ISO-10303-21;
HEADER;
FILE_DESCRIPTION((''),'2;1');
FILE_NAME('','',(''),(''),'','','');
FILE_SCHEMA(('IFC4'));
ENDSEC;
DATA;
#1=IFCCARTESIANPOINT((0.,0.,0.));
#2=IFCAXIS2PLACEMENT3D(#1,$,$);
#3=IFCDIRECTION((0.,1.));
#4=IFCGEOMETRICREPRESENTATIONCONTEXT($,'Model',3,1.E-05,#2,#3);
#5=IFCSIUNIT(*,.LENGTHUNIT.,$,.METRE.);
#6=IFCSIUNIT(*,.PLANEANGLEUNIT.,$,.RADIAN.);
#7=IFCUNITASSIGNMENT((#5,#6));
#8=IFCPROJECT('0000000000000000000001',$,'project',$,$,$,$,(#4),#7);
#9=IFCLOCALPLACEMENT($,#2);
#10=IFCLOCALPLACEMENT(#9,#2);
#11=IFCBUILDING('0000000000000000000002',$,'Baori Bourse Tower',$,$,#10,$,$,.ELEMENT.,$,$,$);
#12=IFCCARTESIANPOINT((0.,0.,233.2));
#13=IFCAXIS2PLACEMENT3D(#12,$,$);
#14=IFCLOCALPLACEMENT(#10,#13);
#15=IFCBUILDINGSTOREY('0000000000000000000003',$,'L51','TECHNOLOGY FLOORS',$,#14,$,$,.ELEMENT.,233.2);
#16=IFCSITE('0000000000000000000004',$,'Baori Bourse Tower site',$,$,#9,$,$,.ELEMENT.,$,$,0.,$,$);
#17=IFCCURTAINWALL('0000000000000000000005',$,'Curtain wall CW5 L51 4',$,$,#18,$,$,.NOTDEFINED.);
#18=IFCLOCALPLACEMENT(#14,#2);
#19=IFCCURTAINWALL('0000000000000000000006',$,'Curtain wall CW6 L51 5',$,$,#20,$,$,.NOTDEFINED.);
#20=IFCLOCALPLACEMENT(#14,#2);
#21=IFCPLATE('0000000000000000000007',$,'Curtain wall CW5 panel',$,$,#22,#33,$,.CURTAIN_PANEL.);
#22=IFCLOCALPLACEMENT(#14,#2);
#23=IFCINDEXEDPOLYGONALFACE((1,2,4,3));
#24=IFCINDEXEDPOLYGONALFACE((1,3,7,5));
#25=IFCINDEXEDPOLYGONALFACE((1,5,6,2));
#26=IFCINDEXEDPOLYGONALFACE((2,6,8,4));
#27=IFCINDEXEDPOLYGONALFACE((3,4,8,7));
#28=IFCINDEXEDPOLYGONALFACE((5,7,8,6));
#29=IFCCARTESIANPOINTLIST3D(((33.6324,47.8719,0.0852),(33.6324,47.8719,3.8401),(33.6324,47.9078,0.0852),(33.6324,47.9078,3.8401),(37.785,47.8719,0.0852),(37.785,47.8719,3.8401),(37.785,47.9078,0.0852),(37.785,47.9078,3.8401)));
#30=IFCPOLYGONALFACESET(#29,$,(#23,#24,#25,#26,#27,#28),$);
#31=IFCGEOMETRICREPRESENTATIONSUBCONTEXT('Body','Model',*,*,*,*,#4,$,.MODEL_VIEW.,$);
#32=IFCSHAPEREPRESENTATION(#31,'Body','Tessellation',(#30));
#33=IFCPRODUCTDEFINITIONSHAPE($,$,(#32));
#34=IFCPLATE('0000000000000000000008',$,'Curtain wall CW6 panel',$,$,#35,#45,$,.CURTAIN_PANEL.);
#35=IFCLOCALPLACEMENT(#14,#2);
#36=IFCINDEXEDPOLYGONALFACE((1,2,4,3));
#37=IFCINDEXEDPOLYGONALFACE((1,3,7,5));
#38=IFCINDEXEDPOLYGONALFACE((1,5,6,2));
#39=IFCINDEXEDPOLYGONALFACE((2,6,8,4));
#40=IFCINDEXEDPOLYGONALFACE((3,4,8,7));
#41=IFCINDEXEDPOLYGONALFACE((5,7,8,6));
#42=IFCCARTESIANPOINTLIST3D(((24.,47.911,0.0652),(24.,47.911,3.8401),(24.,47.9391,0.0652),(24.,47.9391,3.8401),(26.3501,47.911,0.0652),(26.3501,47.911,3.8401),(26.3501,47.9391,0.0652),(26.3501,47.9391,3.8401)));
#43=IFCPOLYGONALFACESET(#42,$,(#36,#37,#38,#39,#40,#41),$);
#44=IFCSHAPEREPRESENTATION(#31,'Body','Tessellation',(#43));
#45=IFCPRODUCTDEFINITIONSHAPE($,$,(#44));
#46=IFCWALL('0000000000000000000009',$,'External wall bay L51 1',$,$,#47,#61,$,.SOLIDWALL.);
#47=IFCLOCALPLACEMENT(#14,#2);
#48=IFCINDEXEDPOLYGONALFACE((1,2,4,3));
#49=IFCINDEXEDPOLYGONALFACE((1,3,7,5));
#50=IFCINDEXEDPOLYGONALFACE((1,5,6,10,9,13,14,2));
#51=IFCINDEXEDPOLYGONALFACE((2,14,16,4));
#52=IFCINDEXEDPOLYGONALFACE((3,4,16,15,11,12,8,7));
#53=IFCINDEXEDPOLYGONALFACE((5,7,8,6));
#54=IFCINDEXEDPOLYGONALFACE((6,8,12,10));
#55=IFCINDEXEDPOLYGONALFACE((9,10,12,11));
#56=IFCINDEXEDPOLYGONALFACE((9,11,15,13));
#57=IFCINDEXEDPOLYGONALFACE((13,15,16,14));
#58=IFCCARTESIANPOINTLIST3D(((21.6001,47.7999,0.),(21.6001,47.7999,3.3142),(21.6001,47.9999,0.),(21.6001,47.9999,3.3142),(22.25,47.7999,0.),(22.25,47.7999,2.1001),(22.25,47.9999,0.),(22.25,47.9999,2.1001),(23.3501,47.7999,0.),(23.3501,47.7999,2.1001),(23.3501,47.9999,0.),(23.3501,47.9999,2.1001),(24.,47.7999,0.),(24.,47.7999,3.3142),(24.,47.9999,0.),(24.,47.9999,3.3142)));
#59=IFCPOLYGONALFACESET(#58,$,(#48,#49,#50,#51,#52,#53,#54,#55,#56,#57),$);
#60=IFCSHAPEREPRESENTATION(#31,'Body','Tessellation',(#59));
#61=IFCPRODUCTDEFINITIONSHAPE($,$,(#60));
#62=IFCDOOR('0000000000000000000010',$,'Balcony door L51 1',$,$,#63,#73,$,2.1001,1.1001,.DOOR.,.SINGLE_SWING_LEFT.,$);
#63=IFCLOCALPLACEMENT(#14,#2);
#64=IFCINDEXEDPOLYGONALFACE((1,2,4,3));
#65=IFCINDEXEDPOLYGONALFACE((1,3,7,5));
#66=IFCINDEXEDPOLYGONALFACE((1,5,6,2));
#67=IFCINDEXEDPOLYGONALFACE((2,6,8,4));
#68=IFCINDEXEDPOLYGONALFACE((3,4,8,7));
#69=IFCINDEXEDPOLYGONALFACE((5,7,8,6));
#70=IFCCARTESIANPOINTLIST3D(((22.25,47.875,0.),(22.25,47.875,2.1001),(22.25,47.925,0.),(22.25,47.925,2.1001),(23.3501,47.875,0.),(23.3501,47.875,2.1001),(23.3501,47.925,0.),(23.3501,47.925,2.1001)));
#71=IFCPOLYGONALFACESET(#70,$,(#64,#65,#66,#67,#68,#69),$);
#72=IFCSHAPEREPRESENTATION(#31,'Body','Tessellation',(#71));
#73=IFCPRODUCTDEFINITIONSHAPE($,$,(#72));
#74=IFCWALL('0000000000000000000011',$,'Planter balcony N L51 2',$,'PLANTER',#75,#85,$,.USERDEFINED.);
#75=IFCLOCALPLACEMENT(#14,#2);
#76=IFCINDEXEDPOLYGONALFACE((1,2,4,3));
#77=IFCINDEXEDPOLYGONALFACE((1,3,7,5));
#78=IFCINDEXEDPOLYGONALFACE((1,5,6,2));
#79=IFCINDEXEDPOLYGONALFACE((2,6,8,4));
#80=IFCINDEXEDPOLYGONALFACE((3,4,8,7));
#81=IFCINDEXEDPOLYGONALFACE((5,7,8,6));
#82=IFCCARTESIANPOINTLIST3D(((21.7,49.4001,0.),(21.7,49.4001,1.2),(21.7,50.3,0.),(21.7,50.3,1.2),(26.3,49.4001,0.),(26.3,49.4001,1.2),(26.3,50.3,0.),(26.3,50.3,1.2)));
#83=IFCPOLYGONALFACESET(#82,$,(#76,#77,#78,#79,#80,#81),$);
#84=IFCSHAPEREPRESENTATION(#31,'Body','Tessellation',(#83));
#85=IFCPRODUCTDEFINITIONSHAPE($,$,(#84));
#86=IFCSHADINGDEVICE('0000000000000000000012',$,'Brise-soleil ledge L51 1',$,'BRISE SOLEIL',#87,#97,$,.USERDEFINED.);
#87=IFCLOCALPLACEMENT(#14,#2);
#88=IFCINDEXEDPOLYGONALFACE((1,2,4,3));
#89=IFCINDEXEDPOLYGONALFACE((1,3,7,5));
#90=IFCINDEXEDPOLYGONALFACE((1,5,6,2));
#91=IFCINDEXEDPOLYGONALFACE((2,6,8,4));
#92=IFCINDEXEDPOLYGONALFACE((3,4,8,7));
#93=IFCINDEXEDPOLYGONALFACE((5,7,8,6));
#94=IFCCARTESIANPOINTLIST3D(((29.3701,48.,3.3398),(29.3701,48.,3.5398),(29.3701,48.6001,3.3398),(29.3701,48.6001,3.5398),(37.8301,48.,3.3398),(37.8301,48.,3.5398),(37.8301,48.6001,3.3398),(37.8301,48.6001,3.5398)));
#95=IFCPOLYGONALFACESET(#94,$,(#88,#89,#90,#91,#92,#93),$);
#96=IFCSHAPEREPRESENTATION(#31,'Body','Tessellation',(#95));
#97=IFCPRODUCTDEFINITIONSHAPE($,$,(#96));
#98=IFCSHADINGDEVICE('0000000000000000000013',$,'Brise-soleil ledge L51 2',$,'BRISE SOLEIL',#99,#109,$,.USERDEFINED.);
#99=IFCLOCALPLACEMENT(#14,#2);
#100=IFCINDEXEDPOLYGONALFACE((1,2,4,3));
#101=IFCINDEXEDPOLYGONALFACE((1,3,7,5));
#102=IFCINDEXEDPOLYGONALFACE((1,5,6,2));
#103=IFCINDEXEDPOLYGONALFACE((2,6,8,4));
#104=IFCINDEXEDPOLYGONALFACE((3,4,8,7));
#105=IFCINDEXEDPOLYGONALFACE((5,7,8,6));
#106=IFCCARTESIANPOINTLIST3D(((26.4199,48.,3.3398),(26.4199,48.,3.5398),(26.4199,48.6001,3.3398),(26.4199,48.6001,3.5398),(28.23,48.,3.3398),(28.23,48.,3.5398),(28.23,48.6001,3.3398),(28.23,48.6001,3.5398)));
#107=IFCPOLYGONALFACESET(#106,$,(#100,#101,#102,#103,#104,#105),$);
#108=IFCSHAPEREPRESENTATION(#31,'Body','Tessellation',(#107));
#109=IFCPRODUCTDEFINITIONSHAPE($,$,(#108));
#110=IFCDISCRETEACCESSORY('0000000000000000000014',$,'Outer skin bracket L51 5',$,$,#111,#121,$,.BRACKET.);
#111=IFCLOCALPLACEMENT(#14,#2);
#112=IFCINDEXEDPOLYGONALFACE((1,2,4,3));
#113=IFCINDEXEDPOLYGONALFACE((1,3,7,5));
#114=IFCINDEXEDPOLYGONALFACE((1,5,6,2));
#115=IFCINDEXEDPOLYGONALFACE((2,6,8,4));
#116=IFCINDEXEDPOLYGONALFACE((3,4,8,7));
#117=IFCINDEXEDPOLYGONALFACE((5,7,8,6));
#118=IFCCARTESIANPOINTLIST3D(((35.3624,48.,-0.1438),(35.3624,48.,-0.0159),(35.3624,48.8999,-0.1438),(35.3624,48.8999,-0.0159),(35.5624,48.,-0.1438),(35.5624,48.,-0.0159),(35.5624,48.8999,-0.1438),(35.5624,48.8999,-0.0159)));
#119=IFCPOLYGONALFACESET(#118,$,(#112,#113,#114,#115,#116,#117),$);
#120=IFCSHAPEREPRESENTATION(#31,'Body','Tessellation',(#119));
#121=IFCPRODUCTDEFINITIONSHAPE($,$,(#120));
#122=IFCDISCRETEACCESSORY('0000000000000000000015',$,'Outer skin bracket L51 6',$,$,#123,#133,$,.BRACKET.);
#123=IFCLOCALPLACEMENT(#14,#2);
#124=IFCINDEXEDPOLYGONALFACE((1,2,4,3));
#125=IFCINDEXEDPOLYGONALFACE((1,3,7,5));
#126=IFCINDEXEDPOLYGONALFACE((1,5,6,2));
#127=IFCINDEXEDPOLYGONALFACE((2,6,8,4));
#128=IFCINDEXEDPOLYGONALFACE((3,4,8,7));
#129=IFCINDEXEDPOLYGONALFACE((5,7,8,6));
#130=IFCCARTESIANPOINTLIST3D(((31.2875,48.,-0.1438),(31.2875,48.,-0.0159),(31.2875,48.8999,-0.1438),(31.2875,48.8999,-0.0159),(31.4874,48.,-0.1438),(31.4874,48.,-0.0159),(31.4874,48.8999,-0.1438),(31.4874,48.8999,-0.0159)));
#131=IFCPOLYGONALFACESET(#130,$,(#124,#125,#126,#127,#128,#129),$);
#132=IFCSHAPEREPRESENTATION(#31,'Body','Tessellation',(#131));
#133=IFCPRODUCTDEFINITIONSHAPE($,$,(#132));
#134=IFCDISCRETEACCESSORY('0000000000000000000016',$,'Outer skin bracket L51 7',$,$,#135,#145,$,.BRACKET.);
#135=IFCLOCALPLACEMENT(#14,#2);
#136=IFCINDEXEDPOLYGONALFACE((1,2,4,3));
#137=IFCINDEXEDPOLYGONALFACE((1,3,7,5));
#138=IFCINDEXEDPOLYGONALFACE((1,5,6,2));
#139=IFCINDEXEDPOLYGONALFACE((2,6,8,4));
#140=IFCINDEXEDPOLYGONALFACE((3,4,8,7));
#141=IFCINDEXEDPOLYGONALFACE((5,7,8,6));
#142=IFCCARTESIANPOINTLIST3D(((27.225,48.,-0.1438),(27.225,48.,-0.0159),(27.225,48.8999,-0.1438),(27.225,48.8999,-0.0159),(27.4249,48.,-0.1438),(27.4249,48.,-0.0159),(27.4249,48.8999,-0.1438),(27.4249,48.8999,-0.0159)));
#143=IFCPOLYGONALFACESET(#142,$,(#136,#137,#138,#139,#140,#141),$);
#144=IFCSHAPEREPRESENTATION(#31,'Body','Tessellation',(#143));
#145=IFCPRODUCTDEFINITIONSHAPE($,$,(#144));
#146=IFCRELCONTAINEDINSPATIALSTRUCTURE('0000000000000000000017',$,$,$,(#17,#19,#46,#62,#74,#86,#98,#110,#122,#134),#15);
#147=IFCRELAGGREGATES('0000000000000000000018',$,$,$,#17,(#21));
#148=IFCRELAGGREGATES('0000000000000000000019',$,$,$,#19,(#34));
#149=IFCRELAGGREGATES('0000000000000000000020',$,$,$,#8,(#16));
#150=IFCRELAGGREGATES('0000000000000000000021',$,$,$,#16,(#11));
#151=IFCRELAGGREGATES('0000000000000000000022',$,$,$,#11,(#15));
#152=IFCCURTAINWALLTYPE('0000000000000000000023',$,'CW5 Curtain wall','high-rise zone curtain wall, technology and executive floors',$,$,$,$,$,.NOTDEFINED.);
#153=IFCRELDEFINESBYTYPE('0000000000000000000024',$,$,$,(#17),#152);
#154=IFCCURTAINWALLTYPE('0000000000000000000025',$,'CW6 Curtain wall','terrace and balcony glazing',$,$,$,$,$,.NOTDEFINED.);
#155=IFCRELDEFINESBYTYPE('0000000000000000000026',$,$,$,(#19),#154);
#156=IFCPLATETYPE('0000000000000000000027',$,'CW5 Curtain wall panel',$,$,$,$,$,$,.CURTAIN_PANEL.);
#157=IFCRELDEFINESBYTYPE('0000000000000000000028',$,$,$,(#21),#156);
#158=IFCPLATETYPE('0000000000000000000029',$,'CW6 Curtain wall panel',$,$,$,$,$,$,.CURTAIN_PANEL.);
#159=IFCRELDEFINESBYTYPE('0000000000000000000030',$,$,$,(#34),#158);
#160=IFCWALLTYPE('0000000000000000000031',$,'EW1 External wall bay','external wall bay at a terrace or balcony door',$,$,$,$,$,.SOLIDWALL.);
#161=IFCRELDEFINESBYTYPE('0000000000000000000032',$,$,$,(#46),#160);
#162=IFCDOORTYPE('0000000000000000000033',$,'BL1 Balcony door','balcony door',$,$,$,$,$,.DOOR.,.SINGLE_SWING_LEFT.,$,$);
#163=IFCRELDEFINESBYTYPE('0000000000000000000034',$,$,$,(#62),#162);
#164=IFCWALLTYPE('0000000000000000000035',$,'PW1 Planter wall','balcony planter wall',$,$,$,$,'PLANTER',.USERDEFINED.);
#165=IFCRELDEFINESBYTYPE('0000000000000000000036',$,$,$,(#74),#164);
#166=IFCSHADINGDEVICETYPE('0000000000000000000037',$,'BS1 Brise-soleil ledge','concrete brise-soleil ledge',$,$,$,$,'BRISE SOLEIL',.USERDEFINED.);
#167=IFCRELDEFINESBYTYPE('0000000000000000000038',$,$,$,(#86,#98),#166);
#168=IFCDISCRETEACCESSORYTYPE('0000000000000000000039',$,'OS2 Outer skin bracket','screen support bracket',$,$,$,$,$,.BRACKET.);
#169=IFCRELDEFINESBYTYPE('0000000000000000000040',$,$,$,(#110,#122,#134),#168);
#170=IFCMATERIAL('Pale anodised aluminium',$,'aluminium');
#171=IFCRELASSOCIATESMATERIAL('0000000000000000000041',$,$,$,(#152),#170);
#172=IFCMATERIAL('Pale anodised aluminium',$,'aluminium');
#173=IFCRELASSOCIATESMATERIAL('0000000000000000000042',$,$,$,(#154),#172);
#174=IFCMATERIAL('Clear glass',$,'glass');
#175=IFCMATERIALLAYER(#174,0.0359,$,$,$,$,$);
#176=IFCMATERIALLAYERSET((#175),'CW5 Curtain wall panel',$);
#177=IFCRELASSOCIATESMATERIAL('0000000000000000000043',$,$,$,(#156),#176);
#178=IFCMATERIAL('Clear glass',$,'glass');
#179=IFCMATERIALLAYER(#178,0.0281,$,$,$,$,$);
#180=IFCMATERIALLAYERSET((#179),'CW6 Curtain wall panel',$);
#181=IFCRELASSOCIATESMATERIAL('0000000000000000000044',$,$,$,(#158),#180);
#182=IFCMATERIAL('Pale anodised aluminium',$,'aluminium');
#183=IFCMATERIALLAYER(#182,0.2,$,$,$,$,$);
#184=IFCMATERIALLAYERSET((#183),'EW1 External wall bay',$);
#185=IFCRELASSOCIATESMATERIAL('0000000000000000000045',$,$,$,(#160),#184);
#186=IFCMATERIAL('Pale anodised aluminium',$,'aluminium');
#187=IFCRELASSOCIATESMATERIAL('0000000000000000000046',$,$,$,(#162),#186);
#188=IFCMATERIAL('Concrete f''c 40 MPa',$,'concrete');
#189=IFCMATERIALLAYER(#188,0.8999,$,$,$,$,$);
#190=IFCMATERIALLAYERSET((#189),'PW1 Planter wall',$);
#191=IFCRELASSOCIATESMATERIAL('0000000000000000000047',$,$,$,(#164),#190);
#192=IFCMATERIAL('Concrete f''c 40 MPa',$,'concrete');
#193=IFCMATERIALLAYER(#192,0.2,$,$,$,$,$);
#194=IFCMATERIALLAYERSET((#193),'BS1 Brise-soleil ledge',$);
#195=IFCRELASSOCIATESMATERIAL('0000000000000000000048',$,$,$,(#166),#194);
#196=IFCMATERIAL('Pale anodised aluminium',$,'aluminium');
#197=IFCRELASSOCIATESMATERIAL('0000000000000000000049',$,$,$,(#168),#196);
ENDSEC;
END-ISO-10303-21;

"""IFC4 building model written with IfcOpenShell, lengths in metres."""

from ifc_helpers import new_model, si_unit, direction, frame, frame_2d, origin, origin_2d, place, context, subcontext, project, spatial, rectangle, extrude, material, layer, layer_set, type_object, element, fill, aggregate, save


model = new_model("IFC4")

# Units and contexts
model_context = context("Model", 3, precision=1e-05, world=origin(), true_north=direction((0.0, 1.0)))
body_context = subcontext(model_context, "Body", "Model", "MODEL_VIEW")
ifc_project = project(units=[si_unit("LENGTHUNIT", "METRE"), si_unit("PLANEANGLEUNIT", "RADIAN")], contexts=[model_context])

# Site, building, storey
site_placement = place(None, origin())
site = spatial("IfcSite", under=ifc_project, at=site_placement, Name="Baori Bourse Tower site", CompositionType="ELEMENT", RefElevation=0.0)
building_placement = place(site_placement, origin())
building = spatial("IfcBuilding", under=site, at=building_placement, Name="Baori Bourse Tower", CompositionType="ELEMENT")
storey_placement = place(building_placement, frame((0.0, 0.0, 233.2)))
storey = spatial("IfcBuildingStorey", under=building, at=storey_placement, Name="L51", Description="TECHNOLOGY FLOORS", CompositionType="ELEMENT", Elevation=233.2)

# Curtain walls
ifc_material_1 = material(Name="Pale anodised aluminium", Category="aluminium")
curtain_wall_type_1 = type_object("IfcCurtainWallType", Name="CW5 Curtain wall", Description="high-rise zone curtain wall, technology and executive floors", PredefinedType="NOTDEFINED", material=ifc_material_1)
curtain_wall_1_placement = place(storey_placement, origin())
curtain_wall_1 = element("IfcCurtainWall", 1, at=curtain_wall_1_placement, inside=storey, type_object=curtain_wall_type_1, Name="Curtain wall CW5 L51 4", PredefinedType="NOTDEFINED")
ifc_material_2 = material(Name="Pale anodised aluminium", Category="aluminium")
curtain_wall_type_2 = type_object("IfcCurtainWallType", Name="CW6 Curtain wall", Description="terrace and balcony glazing", PredefinedType="NOTDEFINED", material=ifc_material_2)
curtain_wall_2_placement = place(storey_placement, origin())
curtain_wall_2 = element("IfcCurtainWall", 2, at=curtain_wall_2_placement, inside=storey, type_object=curtain_wall_type_2, Name="Curtain wall CW6 L51 5", PredefinedType="NOTDEFINED")

# Plates
ifc_material_3 = material(Name="Clear glass", Category="glass")
ifc_layer_1 = layer(ifc_material_3, 0.0359)
ifc_layer_set_1 = layer_set([ifc_layer_1], Name="CW5 Curtain wall panel")
plate_type_1 = type_object("IfcPlateType", Name="CW5 Curtain wall panel", PredefinedType="CURTAIN_PANEL", material=ifc_layer_set_1)
plate_1_placement = place(storey_placement, frame((35.7087, 47.8899, 0.0852), z_axis=(0.0, 0.0, 1.0), x_axis=(-1.0, 0.0, 0.0)))
plate_1 = element("IfcPlate", 3, at=plate_1_placement, type_object=plate_type_1, Name="Curtain wall CW5 panel", PredefinedType="CURTAIN_PANEL", context=body_context, shape_type="SweptSolid", body=[
    extrude(rectangle(XDim=4.1526, YDim=0.0359, at=origin_2d()), origin(), (0.0, 0.0, 1.0), 3.7549),
])
aggregate(curtain_wall_1, [plate_1])
ifc_material_4 = material(Name="Clear glass", Category="glass")
ifc_layer_2 = layer(ifc_material_4, 0.0281)
ifc_layer_set_2 = layer_set([ifc_layer_2], Name="CW6 Curtain wall panel")
plate_type_2 = type_object("IfcPlateType", Name="CW6 Curtain wall panel", PredefinedType="CURTAIN_PANEL", material=ifc_layer_set_2)
plate_2_placement = place(storey_placement, frame((25.175, 47.925, 0.0652), z_axis=(0.0, 0.0, 1.0), x_axis=(-1.0, 0.0, 0.0)))
plate_2 = element("IfcPlate", 4, at=plate_2_placement, type_object=plate_type_2, Name="Curtain wall CW6 panel", PredefinedType="CURTAIN_PANEL", context=body_context, shape_type="SweptSolid", body=[
    extrude(rectangle(XDim=2.3501, YDim=0.0281, at=origin_2d()), origin(), (0.0, 0.0, 1.0), 3.7749),
])
aggregate(curtain_wall_2, [plate_2])

# Wall, opening, door
ifc_material_5 = material(Name="Pale anodised aluminium", Category="aluminium")
ifc_layer_3 = layer(ifc_material_5, 0.2)
ifc_layer_set_3 = layer_set([ifc_layer_3], Name="EW1 External wall bay")
wall_type_1 = type_object("IfcWallType", Name="EW1 External wall bay", Description="external wall bay at a terrace or balcony door", PredefinedType="SOLIDWALL", material=ifc_layer_set_3)
wall_1_placement = place(storey_placement, frame((24.0, 47.8999, 0.0), z_axis=(0.0, 0.0, 1.0), x_axis=(-1.0, 0.0, 0.0)))
wall_1 = element("IfcWall", 5, at=wall_1_placement, inside=storey, type_object=wall_type_1, Name="External wall bay L51 1", PredefinedType="SOLIDWALL", context=body_context, shape_type="SweptSolid", body=[
    extrude(rectangle(XDim=2.3999, YDim=0.2, at=frame_2d((1.2, 0.0))), origin(), (0.0, 0.0, 1.0), 3.3142),
])
opening_placement = place(wall_1_placement, frame((0.6499, 0.0, 0.0)))
opening = element("IfcOpeningElement", 6, at=opening_placement, cuts=wall_1, PredefinedType="OPENING", context=body_context, shape_type="SweptSolid", body=[
    extrude(rectangle(XDim=1.1001, YDim=2.1001, at=frame_2d((0.55, 1.05))), frame((0.0, 0.1099, 0.0), z_axis=(0.0, -1.0, 0.0), x_axis=(1.0, 0.0, 0.0)), (0.0, 0.0, 1.0), 0.22),
])
ifc_material_6 = material(Name="Pale anodised aluminium", Category="aluminium")
door_type = type_object("IfcDoorType", Name="BL1 Balcony door", Description="balcony door", OperationType="SINGLE_SWING_LEFT", PredefinedType="DOOR", material=ifc_material_6)
door_placement = place(opening_placement, origin())
door = element("IfcDoor", 7, at=door_placement, inside=storey, type_object=door_type, Name="Balcony door L51 1", OperationType="SINGLE_SWING_LEFT", OverallHeight=2.1001, OverallWidth=1.1001, PredefinedType="DOOR", context=body_context, shape_type="SweptSolid", body=[
    extrude(rectangle(XDim=1.1001, YDim=2.1001, at=frame_2d((0.55, 1.05))), frame((0.0, 0.0249, 0.0), z_axis=(0.0, -1.0, 0.0), x_axis=(1.0, 0.0, 0.0)), (0.0, 0.0, 1.0), 0.05),
])
fill(opening, door)

# Wall
ifc_material_7 = material(Name="Concrete f'c 40 MPa", Category="concrete")
ifc_layer_4 = layer(ifc_material_7, 0.8999)
ifc_layer_set_4 = layer_set([ifc_layer_4], Name="PW1 Planter wall")
wall_type_2 = type_object("IfcWallType", Name="PW1 Planter wall", Description="balcony planter wall", ElementType="PLANTER", PredefinedType="USERDEFINED", material=ifc_layer_set_4)
wall_2_placement = place(storey_placement, frame((21.7, 49.8501, 0.0), z_axis=(0.0, 0.0, 1.0), x_axis=(1.0, 0.0, 0.0)))
element("IfcWall", 8, at=wall_2_placement, inside=storey, type_object=wall_type_2, Name="Planter balcony N L51 2", ObjectType="PLANTER", PredefinedType="USERDEFINED", context=body_context, shape_type="SweptSolid", body=[
    extrude(rectangle(XDim=4.6001, YDim=0.8999, at=frame_2d((2.3, 0.0))), origin(), (0.0, 0.0, 1.0), 1.2),
])

# Shading devices
ifc_material_8 = material(Name="Concrete f'c 40 MPa", Category="concrete")
ifc_layer_5 = layer(ifc_material_8, 0.2)
ifc_layer_set_5 = layer_set([ifc_layer_5], Name="BS1 Brise-soleil ledge")
shading_device_type = type_object("IfcShadingDeviceType", Name="BS1 Brise-soleil ledge", Description="concrete brise-soleil ledge", ElementType="BRISE SOLEIL", PredefinedType="USERDEFINED", material=ifc_layer_set_5)
shading_device_1_placement = place(storey_placement, frame((33.6001, 48.3, 3.3398), z_axis=(0.0, 0.0, 1.0), x_axis=(-1.0, 0.0, 0.0)))
element("IfcShadingDevice", 9, at=shading_device_1_placement, inside=storey, type_object=shading_device_type, Name="Brise-soleil ledge L51 1", ObjectType="BRISE SOLEIL", PredefinedType="USERDEFINED", context=body_context, shape_type="SweptSolid", body=[
    extrude(rectangle(XDim=8.46, YDim=0.6001, at=origin_2d()), origin(), (0.0, 0.0, 1.0), 0.2),
])
shading_device_2_placement = place(storey_placement, frame((27.325, 48.3, 3.3398), z_axis=(0.0, 0.0, 1.0), x_axis=(-1.0, 0.0, 0.0)))
element("IfcShadingDevice", 10, at=shading_device_2_placement, inside=storey, type_object=shading_device_type, Name="Brise-soleil ledge L51 2", ObjectType="BRISE SOLEIL", PredefinedType="USERDEFINED", context=body_context, shape_type="SweptSolid", body=[
    extrude(rectangle(XDim=1.8101, YDim=0.6001, at=origin_2d()), origin(), (0.0, 0.0, 1.0), 0.2),
])

# Discrete accessories
ifc_material_9 = material(Name="Pale anodised aluminium", Category="aluminium")
discrete_accessory_type = type_object("IfcDiscreteAccessoryType", Name="OS2 Outer skin bracket", Description="screen support bracket", PredefinedType="BRACKET", material=ifc_material_9)
for number, where, z_axis, x_axis, name in (
    (11, (35.4624, 48.45, -0.1438), (0.0, 0.0, 1.0), (-1.0, 0.0, 0.0), "Outer skin bracket L51 5"),
    (12, (31.3875, 48.45, -0.1438), (0.0, 0.0, 1.0), (-1.0, 0.0, 0.0), "Outer skin bracket L51 6"),
    (13, (27.325, 48.45, -0.1438), (0.0, 0.0, 1.0), (-1.0, 0.0, 0.0), "Outer skin bracket L51 7"),
):
    element("IfcDiscreteAccessory", number, at=place(storey_placement, frame(where, z_axis=z_axis, x_axis=x_axis)), inside=storey, type_object=discrete_accessory_type, Name=name, PredefinedType="BRACKET", context=body_context, shape_type="SweptSolid", body=[
        extrude(rectangle(XDim=0.2, YDim=0.8999, at=origin_2d()), origin(), (0.0, 0.0, 1.0), 0.1279),
    ])

save(model, "model.ifc")
